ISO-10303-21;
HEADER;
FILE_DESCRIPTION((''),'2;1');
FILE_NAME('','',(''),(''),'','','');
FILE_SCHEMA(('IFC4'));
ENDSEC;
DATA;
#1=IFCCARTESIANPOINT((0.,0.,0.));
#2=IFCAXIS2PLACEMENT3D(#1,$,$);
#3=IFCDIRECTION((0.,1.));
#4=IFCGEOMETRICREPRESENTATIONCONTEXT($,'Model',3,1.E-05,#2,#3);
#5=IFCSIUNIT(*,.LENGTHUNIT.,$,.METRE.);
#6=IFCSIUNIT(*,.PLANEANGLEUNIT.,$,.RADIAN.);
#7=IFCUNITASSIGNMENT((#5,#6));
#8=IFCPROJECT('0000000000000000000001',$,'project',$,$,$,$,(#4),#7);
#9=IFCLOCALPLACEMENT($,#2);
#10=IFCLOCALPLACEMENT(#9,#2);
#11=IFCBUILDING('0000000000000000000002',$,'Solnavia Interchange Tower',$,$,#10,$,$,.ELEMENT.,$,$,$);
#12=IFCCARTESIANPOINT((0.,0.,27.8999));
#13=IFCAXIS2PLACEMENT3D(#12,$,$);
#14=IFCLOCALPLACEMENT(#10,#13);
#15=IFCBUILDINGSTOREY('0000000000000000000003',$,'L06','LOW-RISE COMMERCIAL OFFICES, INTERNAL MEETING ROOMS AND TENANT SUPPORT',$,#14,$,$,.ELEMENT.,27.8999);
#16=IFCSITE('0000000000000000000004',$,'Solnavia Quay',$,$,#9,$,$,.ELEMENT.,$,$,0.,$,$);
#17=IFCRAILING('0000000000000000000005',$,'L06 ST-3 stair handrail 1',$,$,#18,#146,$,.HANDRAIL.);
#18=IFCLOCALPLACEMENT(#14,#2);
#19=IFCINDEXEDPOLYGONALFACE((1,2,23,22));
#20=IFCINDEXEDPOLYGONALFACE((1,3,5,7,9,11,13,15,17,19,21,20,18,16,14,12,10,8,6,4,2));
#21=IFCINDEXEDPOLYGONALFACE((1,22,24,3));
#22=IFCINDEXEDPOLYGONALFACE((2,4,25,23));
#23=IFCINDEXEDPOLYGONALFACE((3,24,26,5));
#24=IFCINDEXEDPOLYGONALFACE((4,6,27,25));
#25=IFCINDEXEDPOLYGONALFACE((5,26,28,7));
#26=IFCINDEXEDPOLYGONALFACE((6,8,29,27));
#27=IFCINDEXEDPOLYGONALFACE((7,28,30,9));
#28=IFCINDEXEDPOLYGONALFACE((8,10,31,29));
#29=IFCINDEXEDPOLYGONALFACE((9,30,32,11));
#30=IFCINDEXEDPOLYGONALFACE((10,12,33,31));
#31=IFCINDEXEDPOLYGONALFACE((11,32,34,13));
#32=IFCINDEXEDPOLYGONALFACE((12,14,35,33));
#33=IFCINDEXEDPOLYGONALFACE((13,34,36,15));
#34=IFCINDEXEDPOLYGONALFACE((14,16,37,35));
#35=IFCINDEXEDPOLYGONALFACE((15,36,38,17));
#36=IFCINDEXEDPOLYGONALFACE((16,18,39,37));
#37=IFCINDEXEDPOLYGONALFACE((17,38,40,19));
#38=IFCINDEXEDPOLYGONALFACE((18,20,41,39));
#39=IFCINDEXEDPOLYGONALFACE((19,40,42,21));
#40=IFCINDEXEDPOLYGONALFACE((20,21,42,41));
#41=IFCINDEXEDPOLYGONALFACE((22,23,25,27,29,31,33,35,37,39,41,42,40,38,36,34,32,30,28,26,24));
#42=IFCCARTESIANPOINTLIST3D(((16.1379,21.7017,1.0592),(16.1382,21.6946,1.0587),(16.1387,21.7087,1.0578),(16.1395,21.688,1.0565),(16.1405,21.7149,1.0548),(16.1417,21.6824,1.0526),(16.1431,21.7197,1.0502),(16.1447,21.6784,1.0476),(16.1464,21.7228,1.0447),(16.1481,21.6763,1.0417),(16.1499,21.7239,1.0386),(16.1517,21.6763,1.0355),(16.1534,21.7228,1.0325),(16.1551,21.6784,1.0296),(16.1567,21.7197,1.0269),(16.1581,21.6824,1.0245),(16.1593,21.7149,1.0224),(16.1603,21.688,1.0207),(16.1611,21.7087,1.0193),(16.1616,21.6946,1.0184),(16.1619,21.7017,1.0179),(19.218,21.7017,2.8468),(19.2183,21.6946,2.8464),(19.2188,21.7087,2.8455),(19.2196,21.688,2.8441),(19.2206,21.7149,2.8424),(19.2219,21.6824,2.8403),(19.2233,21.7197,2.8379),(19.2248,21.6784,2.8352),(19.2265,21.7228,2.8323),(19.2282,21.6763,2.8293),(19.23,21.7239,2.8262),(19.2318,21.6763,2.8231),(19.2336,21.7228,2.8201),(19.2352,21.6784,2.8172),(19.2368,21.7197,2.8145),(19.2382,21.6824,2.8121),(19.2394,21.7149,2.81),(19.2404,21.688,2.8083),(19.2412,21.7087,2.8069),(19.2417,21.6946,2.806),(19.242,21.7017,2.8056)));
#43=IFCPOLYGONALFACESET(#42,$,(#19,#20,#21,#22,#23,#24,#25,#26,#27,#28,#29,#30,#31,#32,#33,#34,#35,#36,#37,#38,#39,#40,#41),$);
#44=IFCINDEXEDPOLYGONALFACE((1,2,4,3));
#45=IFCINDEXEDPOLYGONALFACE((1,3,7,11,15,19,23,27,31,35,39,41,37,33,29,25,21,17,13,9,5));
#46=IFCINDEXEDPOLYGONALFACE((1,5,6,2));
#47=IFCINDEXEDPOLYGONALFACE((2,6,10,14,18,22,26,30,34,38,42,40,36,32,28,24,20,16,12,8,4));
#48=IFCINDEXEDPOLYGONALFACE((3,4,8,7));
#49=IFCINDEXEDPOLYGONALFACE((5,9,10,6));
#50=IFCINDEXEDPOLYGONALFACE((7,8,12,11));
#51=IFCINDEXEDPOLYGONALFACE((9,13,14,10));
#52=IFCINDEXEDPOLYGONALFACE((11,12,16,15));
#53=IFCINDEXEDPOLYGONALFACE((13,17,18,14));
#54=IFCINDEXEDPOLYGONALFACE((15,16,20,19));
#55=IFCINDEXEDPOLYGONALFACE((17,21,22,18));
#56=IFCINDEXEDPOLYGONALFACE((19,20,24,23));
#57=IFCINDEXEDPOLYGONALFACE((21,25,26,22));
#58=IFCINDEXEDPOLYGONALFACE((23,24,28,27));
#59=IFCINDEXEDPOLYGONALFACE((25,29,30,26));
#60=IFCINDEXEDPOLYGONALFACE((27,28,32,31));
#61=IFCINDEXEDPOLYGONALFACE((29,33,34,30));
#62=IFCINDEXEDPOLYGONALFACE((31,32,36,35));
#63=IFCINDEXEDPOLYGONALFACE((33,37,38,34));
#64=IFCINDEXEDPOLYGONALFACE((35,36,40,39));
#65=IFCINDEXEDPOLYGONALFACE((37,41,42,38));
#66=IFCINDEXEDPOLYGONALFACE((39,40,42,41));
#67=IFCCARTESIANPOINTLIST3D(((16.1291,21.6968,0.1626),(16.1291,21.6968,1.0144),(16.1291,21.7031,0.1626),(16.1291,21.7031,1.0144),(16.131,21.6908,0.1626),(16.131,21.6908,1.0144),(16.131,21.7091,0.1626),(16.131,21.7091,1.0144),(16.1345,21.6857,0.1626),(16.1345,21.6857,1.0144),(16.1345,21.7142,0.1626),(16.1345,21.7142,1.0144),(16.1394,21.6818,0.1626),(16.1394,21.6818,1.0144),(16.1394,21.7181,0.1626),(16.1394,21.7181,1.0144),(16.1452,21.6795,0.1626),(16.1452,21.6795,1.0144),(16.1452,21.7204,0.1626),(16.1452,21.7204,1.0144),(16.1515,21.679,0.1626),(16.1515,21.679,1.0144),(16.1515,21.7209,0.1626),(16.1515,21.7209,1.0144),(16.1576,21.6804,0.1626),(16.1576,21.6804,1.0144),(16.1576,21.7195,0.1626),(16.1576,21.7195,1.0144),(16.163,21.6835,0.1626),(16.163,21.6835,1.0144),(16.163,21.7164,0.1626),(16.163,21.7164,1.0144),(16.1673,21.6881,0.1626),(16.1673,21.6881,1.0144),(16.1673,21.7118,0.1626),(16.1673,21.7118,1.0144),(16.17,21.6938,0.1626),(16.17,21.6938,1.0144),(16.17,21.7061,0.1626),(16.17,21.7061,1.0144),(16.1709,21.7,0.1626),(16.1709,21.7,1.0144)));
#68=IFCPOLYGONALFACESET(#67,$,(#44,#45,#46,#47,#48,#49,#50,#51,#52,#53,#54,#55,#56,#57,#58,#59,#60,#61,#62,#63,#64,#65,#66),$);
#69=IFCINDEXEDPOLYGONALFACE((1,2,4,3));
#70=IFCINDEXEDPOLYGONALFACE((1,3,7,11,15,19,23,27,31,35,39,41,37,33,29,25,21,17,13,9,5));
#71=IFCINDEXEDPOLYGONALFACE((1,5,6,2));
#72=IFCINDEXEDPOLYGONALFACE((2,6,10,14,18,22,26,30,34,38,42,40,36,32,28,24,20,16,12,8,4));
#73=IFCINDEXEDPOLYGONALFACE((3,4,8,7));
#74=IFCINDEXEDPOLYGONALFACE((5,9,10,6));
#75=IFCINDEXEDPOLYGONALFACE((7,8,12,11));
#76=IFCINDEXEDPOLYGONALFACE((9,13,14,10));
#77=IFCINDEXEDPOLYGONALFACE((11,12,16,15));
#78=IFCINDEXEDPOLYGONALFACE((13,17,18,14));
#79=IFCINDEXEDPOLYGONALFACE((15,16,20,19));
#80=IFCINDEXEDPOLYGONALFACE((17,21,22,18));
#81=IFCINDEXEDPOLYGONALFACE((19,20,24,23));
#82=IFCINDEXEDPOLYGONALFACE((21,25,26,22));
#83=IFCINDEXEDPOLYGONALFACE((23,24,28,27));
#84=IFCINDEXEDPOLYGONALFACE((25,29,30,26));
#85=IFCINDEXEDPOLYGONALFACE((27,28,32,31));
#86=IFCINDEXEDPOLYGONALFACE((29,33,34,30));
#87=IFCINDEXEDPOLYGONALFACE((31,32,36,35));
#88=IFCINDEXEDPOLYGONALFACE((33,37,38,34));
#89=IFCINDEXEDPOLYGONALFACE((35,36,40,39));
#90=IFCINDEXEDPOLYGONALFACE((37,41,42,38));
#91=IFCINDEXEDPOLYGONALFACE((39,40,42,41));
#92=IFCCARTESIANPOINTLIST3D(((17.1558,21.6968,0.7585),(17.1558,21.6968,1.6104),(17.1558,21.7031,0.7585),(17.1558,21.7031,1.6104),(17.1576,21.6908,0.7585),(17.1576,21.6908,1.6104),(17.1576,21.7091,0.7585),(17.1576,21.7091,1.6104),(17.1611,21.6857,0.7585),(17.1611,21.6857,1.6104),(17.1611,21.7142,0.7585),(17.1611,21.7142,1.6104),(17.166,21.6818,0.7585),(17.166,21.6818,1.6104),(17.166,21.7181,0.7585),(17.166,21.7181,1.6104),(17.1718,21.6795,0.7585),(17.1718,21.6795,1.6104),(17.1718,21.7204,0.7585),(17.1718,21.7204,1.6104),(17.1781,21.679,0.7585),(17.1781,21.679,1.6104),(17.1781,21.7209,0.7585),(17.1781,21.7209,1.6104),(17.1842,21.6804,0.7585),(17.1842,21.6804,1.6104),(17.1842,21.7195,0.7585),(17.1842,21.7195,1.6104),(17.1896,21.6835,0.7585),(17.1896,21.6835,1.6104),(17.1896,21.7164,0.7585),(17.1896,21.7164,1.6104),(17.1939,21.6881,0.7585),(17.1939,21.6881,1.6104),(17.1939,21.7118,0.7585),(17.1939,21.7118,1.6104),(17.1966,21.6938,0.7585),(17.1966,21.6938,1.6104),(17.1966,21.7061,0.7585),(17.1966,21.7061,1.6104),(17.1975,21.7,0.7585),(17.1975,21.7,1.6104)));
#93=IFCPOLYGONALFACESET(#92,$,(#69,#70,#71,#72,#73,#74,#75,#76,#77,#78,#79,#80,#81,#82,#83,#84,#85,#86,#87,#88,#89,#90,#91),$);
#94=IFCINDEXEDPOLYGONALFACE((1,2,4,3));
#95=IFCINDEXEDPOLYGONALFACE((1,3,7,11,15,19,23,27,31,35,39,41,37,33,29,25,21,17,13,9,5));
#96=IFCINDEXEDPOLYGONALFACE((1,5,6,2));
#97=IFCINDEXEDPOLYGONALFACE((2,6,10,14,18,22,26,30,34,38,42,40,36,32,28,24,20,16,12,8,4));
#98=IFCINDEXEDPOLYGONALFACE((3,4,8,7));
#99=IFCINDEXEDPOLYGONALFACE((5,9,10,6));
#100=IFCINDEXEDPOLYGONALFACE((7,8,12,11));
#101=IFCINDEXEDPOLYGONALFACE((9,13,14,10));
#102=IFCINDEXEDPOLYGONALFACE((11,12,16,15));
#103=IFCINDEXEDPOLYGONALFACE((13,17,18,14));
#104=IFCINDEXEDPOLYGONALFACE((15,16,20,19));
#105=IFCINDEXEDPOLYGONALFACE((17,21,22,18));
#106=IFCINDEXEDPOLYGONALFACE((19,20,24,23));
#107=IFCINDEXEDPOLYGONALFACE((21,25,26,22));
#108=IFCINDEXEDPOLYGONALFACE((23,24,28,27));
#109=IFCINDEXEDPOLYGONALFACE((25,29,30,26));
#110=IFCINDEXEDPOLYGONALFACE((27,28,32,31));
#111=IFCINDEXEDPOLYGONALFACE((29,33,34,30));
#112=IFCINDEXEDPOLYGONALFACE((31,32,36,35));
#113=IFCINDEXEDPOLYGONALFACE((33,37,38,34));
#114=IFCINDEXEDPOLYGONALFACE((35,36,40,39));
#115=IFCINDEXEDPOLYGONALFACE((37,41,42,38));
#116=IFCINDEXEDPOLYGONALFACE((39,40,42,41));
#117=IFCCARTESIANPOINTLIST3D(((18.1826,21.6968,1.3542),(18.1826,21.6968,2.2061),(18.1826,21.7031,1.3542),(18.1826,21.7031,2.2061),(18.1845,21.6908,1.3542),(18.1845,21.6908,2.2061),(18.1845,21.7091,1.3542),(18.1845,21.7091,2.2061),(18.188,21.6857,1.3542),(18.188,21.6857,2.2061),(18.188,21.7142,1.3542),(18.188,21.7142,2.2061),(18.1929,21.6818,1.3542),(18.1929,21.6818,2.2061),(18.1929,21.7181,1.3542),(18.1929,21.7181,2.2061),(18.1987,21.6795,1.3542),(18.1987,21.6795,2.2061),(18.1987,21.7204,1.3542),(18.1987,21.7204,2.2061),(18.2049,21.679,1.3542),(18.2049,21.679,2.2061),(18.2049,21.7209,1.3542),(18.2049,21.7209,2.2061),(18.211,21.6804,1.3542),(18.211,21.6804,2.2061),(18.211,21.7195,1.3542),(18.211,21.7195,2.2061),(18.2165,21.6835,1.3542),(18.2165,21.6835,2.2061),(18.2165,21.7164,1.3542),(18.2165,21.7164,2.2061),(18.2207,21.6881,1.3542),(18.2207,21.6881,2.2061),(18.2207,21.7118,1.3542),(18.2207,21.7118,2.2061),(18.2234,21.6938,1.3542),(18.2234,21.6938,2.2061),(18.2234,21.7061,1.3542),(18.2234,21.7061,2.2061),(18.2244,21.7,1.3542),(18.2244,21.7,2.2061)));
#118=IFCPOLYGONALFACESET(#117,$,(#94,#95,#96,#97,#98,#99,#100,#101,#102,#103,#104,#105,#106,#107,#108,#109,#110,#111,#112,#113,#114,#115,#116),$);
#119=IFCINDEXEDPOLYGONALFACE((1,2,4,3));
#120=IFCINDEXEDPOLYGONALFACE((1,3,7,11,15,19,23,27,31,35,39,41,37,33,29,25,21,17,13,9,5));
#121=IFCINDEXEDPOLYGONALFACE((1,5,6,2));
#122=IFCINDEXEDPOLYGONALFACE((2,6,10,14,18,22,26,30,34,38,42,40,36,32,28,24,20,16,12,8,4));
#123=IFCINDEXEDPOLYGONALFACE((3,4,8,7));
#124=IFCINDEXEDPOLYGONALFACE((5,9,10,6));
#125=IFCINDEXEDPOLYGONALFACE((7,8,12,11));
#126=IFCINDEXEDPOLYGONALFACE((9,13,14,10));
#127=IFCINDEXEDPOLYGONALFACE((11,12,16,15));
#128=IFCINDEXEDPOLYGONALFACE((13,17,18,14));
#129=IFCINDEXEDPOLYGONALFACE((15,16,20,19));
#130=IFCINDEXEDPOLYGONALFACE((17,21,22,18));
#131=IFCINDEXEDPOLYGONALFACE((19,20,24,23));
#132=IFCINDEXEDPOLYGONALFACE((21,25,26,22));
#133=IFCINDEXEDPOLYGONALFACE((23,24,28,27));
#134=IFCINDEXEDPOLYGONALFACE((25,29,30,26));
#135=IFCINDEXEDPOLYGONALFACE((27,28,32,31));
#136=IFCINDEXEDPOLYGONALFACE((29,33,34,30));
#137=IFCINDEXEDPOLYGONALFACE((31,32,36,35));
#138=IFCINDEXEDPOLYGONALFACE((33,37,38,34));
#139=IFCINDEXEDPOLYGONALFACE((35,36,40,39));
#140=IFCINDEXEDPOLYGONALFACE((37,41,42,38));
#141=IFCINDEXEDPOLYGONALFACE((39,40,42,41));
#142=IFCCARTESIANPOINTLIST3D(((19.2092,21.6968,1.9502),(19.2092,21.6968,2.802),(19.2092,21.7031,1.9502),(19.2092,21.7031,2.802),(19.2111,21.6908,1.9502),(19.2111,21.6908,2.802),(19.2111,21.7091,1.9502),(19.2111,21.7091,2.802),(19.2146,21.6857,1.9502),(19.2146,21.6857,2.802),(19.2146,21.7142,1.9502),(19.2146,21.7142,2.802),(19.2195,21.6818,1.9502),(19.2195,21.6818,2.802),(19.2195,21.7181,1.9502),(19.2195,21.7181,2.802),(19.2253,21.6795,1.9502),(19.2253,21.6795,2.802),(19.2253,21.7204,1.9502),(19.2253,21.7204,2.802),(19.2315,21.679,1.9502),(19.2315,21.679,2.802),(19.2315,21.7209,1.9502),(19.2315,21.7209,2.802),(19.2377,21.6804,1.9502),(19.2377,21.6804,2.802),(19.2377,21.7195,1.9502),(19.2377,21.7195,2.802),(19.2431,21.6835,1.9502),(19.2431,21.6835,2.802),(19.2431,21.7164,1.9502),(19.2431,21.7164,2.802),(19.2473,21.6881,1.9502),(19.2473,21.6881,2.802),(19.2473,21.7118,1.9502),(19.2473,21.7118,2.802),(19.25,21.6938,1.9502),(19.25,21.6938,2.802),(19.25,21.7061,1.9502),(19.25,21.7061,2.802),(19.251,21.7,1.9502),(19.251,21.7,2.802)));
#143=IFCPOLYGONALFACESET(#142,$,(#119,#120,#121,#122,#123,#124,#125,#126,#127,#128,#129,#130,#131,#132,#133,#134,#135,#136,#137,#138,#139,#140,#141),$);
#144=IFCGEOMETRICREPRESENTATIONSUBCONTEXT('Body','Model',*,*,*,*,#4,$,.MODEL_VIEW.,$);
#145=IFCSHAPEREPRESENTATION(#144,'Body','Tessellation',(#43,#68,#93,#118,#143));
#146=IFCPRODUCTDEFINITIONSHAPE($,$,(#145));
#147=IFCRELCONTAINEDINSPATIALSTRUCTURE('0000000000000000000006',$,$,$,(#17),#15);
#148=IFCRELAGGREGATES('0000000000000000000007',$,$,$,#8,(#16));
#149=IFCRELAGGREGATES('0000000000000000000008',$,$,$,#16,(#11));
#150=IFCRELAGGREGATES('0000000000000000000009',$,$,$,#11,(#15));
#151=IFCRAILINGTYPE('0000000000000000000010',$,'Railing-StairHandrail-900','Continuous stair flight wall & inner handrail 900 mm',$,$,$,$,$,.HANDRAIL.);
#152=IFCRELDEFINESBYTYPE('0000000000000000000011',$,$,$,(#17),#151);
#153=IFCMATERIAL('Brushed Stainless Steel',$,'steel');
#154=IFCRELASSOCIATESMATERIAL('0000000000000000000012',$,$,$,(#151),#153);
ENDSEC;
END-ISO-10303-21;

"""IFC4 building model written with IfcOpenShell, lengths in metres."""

from ifc_helpers import new_model, si_unit, direction, frame, origin, origin_2d, place, context, subcontext, project, spatial, circle, extrude, material, type_object, element, save


model = new_model("IFC4")

# Units and contexts
model_context = context("Model", 3, precision=1e-05, world=origin(), true_north=direction((0.0, 1.0)))
body_context = subcontext(model_context, "Body", "Model", "MODEL_VIEW")
ifc_project = project(units=[si_unit("LENGTHUNIT", "METRE"), si_unit("PLANEANGLEUNIT", "RADIAN")], contexts=[model_context])

# Site, building, storey
site_placement = place(None, origin())
site = spatial("IfcSite", under=ifc_project, at=site_placement, Name="Solnavia Quay", CompositionType="ELEMENT", RefElevation=0.0)
building_placement = place(site_placement, origin())
building = spatial("IfcBuilding", under=site, at=building_placement, Name="Solnavia Interchange Tower", CompositionType="ELEMENT")
storey_placement = place(building_placement, frame((0.0, 0.0, 27.8999)))
storey = spatial("IfcBuildingStorey", under=building, at=storey_placement, Name="L06", Description="LOW-RISE COMMERCIAL OFFICES, INTERNAL MEETING ROOMS AND TENANT SUPPORT", CompositionType="ELEMENT", Elevation=27.8999)

# Railing
ifc_material_1 = material(Name="Brushed Stainless Steel", Category="steel")
railing_type_1 = type_object("IfcRailingType", Name="Railing-StairHandrail-900", Description="Continuous stair flight wall & inner handrail 900 mm", PredefinedType="HANDRAIL", material=ifc_material_1)
railing_1_placement = place(storey_placement, frame((16.1499, 21.7, 0.1626)))
element("IfcRailing", 1, at=railing_1_placement, inside=storey, type_object=railing_type_1, Name="L06 ST-3 stair handrail 1", PredefinedType="HANDRAIL", context=body_context, shape_type="SweptSolid", body=[
    extrude(circle(Radius=0.0239, at=origin_2d()), frame((0.0, 0.0, 0.876), z_axis=(0.864891, 0.0, 0.50196), x_axis=(0.0, 1.0, 0.0)), (0.0, 0.0, 1.0), 3.5613),
    extrude(circle(Radius=0.021, at=origin_2d()), origin(), (0.0, 0.0, 1.0), 0.8518),
    extrude(circle(Radius=0.021, at=origin_2d()), frame((1.0266, 0.0, 0.5959)), (0.0, 0.0, 1.0), 0.8518),
    extrude(circle(Radius=0.021, at=origin_2d()), frame((2.0535, 0.0, 1.1917)), (0.0, 0.0, 1.0), 0.8518),
    extrude(circle(Radius=0.021, at=origin_2d()), frame((3.0801, 0.0, 1.7876)), (0.0, 0.0, 1.0), 0.8518),
])

save(model, "model.ifc")
